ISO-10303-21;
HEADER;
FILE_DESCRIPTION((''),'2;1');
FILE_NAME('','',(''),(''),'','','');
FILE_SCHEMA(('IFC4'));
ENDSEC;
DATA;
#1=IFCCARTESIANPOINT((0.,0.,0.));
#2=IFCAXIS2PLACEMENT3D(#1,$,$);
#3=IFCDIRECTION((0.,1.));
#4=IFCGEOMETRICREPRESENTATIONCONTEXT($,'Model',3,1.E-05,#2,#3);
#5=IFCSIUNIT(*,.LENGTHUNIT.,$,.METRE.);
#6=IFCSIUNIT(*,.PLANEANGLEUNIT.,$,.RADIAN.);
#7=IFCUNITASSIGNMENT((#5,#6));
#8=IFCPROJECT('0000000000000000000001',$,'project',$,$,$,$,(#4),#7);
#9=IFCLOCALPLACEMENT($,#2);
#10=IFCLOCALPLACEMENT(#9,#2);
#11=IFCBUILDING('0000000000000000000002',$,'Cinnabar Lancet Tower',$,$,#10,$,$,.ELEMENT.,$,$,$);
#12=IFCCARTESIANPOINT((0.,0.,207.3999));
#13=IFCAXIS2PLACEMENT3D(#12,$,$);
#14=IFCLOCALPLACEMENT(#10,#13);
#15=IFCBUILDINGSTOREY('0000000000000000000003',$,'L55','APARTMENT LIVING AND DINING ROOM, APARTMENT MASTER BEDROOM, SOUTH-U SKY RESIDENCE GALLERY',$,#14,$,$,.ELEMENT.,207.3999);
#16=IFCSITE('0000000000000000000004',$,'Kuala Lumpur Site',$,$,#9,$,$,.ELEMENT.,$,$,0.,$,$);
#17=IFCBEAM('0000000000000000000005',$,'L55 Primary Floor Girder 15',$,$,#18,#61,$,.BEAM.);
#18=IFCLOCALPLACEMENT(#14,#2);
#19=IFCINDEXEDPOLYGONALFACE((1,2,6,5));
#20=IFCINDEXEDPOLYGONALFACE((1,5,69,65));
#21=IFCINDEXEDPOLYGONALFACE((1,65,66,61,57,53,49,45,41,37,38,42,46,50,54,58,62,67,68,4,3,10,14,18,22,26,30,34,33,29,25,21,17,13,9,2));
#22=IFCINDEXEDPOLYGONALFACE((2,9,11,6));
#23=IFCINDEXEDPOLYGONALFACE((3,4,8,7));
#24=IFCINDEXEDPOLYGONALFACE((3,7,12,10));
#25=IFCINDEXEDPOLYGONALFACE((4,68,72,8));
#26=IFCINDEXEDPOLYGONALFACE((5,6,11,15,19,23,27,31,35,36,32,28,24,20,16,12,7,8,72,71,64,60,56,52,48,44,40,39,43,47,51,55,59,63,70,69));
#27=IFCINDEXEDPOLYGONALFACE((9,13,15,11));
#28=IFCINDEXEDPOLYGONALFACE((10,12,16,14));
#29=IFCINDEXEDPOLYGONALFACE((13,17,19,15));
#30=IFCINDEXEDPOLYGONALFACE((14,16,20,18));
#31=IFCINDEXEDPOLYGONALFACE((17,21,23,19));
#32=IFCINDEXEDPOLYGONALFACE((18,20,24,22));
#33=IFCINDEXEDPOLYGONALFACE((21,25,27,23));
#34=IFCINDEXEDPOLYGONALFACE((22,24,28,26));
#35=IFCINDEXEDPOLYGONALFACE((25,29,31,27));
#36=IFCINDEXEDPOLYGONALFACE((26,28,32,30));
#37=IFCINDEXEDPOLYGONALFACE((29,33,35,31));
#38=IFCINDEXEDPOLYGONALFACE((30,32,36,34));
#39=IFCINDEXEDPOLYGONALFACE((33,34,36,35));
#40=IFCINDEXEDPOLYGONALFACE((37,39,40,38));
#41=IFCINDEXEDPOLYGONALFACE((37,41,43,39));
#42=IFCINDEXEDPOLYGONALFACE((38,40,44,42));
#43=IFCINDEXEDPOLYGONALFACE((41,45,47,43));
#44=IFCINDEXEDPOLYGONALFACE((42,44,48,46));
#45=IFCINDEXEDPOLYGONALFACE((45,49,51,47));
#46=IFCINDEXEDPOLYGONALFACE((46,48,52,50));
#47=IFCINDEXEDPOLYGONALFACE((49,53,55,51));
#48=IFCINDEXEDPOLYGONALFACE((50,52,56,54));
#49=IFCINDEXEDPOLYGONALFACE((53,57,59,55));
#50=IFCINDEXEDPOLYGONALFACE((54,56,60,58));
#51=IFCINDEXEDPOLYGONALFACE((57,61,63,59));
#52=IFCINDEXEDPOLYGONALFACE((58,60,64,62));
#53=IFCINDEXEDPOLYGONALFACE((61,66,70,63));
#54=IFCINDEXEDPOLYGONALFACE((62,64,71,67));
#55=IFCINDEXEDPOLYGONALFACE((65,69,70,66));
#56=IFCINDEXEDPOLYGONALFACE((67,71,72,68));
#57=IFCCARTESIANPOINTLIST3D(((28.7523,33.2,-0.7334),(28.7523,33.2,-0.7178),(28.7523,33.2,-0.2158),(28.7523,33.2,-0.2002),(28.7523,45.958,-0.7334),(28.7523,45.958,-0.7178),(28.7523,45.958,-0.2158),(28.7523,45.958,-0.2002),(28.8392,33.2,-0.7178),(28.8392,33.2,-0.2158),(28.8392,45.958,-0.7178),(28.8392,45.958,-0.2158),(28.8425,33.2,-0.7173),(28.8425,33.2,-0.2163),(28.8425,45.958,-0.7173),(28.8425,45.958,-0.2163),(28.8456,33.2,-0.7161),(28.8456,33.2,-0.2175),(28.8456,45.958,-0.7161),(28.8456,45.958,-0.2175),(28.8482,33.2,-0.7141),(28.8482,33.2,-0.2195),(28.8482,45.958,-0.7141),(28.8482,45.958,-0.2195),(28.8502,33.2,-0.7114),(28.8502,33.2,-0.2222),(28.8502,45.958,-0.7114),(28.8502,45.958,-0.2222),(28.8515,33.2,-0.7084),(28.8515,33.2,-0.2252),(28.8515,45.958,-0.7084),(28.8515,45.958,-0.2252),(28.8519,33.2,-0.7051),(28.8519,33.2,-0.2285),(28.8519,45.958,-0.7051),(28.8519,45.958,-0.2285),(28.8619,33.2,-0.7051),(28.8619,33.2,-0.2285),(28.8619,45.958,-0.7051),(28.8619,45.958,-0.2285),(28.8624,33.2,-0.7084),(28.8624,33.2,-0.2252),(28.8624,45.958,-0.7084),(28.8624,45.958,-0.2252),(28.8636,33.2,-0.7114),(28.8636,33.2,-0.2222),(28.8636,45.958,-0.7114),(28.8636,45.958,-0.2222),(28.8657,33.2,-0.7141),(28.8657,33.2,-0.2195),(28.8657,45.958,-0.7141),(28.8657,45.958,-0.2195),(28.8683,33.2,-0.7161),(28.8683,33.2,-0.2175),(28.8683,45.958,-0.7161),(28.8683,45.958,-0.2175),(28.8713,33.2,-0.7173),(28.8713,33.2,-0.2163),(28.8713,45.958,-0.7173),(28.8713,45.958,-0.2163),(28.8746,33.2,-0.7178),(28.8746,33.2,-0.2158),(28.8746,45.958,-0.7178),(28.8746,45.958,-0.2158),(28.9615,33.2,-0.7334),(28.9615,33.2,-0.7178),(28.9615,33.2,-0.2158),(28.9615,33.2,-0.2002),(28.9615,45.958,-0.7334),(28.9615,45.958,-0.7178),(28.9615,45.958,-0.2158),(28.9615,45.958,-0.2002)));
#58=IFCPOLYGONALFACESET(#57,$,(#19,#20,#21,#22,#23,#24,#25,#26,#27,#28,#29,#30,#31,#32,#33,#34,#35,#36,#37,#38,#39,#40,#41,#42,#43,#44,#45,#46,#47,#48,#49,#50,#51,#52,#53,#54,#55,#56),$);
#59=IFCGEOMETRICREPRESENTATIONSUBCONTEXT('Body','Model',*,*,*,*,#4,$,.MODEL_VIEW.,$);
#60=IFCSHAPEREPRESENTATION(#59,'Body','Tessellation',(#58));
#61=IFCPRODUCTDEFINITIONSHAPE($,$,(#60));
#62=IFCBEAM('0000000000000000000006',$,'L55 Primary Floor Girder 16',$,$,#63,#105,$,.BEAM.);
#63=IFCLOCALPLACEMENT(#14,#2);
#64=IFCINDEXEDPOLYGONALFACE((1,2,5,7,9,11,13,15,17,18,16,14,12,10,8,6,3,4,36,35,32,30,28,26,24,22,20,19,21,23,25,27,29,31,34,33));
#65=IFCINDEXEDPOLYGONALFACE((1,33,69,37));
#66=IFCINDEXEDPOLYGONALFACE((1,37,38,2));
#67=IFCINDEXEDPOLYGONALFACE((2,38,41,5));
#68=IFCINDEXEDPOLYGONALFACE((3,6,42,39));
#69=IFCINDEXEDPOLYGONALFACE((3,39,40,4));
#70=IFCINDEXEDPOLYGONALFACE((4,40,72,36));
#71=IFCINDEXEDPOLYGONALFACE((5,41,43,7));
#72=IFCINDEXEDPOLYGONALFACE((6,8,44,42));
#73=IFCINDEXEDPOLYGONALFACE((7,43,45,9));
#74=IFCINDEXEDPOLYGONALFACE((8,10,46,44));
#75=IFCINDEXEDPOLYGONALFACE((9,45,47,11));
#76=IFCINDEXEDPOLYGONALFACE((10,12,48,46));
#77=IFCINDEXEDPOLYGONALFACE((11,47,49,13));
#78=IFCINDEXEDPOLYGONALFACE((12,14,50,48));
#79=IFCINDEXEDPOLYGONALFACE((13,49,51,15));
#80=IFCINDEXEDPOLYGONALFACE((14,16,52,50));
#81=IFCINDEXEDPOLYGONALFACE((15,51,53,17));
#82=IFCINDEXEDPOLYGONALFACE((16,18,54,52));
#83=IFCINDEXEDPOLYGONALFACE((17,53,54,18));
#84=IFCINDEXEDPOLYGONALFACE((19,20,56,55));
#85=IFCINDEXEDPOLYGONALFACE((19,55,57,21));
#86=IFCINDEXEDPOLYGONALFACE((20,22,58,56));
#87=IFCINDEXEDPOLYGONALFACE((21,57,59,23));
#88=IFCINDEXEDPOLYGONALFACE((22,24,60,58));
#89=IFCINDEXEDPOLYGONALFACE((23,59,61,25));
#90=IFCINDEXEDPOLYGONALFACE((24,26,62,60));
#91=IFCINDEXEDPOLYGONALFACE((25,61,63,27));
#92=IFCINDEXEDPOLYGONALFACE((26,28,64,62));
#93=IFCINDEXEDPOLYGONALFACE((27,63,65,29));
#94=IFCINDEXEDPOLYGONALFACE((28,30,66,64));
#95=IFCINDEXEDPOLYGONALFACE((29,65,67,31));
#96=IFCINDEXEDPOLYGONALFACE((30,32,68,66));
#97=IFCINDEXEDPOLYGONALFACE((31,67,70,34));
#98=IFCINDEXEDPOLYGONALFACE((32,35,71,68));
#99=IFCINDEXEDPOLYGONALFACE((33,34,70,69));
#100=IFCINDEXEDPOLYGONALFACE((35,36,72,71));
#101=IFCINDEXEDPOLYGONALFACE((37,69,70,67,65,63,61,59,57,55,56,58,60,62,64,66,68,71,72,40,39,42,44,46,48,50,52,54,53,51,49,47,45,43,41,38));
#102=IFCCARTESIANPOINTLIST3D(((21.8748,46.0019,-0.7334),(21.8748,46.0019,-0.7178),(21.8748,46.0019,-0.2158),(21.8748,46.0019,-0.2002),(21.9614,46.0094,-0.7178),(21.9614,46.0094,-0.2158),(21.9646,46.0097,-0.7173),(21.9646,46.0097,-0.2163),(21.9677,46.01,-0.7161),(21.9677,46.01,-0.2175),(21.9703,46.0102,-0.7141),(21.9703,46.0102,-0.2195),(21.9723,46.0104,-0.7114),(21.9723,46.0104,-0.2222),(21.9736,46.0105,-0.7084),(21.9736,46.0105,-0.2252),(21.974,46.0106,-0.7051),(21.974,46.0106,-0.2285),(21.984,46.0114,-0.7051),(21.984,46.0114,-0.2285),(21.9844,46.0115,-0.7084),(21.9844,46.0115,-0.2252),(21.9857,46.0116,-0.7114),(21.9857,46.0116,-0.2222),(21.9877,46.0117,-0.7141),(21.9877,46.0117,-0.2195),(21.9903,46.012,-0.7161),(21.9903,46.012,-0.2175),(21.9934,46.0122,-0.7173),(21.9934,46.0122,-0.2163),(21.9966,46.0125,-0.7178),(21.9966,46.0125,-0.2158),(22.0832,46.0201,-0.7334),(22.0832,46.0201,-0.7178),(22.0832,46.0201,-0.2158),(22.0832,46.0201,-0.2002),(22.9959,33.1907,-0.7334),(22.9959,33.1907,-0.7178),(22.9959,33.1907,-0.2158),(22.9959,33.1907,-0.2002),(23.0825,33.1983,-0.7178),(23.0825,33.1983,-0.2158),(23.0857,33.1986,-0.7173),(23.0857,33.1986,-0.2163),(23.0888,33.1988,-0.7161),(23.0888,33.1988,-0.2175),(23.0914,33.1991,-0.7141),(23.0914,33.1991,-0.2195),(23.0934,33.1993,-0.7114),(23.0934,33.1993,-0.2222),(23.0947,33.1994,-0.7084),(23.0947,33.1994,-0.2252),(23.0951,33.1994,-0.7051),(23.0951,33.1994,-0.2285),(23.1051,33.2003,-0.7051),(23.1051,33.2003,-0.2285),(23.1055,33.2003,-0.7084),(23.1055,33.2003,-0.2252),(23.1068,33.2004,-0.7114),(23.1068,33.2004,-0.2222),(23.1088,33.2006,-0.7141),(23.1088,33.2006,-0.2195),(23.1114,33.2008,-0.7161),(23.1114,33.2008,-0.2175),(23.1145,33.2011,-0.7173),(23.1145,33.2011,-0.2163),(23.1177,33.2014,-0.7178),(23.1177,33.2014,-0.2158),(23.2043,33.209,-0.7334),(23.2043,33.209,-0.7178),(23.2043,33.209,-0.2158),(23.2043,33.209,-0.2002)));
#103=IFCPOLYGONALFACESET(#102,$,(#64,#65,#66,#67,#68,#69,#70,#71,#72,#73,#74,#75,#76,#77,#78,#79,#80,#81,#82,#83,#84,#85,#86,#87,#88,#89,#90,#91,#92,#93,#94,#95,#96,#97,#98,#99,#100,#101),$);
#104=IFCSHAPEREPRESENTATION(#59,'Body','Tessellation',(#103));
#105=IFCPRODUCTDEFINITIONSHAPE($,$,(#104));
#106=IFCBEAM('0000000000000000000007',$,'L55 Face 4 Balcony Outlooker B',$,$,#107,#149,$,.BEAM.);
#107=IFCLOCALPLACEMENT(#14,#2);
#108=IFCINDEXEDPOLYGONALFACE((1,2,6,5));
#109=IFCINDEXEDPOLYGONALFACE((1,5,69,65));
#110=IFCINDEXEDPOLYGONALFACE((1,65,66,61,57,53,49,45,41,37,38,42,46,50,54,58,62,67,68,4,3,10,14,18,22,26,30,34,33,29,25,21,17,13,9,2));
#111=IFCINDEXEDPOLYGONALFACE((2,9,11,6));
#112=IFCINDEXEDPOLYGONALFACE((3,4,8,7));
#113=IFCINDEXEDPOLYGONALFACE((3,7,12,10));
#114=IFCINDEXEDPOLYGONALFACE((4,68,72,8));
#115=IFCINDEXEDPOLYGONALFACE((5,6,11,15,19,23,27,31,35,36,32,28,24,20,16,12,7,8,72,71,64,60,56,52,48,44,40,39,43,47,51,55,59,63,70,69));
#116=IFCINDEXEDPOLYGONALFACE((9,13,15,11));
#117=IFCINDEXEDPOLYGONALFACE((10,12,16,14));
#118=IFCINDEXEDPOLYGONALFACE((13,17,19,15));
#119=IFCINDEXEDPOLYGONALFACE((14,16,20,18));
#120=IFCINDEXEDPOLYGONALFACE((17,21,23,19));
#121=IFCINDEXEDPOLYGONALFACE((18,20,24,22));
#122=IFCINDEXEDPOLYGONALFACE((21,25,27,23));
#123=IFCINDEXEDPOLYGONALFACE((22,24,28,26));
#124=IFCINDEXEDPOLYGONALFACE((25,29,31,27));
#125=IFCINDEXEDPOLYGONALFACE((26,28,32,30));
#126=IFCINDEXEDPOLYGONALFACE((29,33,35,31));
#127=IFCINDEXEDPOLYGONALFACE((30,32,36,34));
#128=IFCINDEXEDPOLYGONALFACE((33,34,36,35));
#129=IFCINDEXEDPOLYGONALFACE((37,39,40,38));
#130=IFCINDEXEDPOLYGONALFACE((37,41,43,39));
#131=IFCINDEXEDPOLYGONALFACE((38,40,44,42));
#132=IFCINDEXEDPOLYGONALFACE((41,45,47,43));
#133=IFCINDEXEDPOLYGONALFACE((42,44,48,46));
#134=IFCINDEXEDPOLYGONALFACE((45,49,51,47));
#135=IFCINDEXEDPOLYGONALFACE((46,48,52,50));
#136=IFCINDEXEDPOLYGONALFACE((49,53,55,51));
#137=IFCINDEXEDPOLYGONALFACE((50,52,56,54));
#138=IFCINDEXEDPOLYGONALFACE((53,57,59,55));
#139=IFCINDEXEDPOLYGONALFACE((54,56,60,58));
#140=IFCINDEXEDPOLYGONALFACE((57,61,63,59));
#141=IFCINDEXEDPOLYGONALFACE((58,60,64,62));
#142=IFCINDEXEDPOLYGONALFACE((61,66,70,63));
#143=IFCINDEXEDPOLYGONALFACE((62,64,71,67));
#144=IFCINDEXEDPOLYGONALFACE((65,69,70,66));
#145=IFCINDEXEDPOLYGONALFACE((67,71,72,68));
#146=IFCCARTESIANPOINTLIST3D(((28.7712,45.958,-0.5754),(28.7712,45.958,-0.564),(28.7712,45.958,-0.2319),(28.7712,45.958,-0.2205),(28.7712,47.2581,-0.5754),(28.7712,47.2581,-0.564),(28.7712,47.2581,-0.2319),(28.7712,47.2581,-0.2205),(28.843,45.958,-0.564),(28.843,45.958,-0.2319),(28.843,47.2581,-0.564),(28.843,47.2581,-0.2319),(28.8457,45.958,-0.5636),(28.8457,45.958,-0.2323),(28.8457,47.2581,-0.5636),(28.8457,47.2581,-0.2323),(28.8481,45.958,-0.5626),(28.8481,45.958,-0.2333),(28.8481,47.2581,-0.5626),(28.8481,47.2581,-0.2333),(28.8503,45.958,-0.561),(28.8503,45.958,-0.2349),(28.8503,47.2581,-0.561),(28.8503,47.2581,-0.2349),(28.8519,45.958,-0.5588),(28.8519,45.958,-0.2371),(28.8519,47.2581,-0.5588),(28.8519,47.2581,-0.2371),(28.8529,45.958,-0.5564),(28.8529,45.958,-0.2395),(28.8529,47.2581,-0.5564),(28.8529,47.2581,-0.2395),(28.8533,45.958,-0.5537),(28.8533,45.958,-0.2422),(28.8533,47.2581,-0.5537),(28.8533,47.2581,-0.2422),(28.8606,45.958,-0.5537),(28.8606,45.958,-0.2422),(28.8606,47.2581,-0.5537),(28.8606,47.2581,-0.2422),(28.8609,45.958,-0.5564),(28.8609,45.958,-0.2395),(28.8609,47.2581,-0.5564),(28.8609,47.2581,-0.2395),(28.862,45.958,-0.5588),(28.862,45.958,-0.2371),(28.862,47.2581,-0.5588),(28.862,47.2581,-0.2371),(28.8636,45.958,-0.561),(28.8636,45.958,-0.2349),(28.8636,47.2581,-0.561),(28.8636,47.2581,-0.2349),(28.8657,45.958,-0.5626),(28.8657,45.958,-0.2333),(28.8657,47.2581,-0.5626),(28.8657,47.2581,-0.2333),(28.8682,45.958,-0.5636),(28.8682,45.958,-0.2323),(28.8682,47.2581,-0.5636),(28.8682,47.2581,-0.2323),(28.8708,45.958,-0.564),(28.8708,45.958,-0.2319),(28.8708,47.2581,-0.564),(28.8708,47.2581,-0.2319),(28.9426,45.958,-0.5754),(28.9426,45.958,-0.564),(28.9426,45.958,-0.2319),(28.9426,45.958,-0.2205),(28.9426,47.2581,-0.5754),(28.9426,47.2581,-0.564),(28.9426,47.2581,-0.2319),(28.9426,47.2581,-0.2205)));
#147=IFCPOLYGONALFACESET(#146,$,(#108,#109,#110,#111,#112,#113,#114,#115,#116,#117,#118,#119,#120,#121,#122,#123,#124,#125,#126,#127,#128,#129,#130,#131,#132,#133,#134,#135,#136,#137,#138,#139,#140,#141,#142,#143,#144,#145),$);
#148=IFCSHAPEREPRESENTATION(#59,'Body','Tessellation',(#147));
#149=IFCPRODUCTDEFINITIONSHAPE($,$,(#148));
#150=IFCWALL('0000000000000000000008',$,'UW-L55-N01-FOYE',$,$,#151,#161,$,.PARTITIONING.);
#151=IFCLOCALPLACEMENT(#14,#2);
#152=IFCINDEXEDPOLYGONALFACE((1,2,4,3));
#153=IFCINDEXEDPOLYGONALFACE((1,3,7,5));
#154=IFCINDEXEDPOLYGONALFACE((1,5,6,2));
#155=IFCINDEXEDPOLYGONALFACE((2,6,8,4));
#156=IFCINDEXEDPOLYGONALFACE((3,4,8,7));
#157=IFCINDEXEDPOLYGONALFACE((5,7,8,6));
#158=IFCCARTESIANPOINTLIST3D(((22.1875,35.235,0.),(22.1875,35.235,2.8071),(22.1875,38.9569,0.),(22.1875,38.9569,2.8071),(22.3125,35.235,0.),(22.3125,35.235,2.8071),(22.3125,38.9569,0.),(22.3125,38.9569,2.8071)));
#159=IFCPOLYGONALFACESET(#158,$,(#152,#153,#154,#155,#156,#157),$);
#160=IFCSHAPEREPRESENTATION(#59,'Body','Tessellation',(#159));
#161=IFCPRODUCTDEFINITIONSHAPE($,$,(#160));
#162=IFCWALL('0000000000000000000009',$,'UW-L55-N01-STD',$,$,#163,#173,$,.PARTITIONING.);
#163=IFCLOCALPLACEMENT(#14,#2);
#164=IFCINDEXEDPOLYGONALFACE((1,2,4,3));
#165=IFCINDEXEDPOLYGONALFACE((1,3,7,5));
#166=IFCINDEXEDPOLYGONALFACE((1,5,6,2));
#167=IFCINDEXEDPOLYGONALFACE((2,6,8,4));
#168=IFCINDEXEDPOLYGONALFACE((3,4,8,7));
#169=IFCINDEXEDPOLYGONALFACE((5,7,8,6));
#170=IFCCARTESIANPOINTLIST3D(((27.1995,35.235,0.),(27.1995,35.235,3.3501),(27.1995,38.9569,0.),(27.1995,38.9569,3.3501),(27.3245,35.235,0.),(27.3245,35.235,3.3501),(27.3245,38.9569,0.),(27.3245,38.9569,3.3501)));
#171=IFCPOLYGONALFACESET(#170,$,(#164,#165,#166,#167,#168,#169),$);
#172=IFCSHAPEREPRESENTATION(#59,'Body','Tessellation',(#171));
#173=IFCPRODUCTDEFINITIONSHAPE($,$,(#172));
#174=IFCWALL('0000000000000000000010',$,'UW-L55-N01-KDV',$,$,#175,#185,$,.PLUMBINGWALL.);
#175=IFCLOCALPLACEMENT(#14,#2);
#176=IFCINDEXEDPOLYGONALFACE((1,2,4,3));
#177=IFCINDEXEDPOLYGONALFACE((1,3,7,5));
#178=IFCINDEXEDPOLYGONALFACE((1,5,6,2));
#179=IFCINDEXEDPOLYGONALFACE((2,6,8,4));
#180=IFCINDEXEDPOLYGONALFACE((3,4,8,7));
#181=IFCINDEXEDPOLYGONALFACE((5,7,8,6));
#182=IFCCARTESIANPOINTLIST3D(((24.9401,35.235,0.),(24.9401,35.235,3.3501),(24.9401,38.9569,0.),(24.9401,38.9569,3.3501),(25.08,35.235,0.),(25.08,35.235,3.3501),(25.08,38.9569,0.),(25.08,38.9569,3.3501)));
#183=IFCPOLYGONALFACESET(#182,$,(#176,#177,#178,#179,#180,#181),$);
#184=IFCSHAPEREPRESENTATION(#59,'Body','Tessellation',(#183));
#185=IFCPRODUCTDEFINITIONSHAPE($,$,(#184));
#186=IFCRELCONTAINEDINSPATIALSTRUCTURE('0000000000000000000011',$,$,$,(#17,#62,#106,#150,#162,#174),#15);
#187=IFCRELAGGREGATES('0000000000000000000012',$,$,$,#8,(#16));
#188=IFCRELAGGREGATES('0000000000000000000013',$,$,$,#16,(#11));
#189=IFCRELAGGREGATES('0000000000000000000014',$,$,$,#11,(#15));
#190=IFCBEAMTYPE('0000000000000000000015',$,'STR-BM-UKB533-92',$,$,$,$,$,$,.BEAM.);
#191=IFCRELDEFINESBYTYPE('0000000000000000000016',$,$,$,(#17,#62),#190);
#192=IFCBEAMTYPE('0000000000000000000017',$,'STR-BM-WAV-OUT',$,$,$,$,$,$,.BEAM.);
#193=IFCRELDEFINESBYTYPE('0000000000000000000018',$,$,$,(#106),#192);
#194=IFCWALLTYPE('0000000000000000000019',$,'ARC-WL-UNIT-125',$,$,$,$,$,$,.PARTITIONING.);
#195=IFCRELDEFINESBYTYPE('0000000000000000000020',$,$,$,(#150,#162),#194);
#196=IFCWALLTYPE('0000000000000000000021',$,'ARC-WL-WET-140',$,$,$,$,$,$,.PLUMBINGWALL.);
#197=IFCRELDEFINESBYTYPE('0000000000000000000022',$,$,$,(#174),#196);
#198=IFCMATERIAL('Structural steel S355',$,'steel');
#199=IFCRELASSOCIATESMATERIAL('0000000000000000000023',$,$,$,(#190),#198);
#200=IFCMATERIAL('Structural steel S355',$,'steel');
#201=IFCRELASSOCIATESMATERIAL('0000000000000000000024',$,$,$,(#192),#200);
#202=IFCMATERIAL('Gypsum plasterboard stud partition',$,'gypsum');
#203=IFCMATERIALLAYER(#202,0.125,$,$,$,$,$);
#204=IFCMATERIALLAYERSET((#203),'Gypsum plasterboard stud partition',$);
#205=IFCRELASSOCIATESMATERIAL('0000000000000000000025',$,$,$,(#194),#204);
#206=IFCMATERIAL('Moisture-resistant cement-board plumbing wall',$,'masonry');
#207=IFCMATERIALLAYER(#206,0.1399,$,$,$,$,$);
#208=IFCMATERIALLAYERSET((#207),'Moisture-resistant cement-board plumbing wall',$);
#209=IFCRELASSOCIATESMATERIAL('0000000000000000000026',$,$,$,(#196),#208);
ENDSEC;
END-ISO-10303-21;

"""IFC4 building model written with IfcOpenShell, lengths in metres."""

from ifc_helpers import new_model, si_unit, direction, frame, frame_2d, origin, origin_2d, place, context, subcontext, project, spatial, rectangle, i_section, extrude, material, layer, layer_set, material_profile, profile_set, type_object, element, save


model = new_model("IFC4")

# Units and contexts
model_context = context("Model", 3, precision=1e-05, world=origin(), true_north=direction((0.0, 1.0)))
body_context = subcontext(model_context, "Body", "Model", "MODEL_VIEW")
ifc_project = project(units=[si_unit("LENGTHUNIT", "METRE"), si_unit("PLANEANGLEUNIT", "RADIAN")], contexts=[model_context])

# Site, building, storey
site_placement = place(None, origin())
site = spatial("IfcSite", under=ifc_project, at=site_placement, Name="Kuala Lumpur Site", CompositionType="ELEMENT", RefElevation=0.0)
building_placement = place(site_placement, origin())
building = spatial("IfcBuilding", under=site, at=building_placement, Name="Cinnabar Lancet Tower", CompositionType="ELEMENT")
storey_placement = place(building_placement, frame((0.0, 0.0, 207.3999)))
storey = spatial("IfcBuildingStorey", under=building, at=storey_placement, Name="L55", Description="APARTMENT LIVING AND DINING ROOM, APARTMENT MASTER BEDROOM, SOUTH-U SKY RESIDENCE GALLERY", CompositionType="ELEMENT", Elevation=207.3999)

# Beams
ifc_material_1 = material(Name="Structural steel S355", Category="steel")
ifc_material_profile_1 = material_profile(ifc_material_1, i_section(OverallWidth=0.2092, OverallDepth=0.5332, WebThickness=0.01, FlangeThickness=0.0156, FilletRadius=0.0127, at=origin_2d()), Name="UKB 533x210x92")
ifc_profile_set_1 = profile_set([ifc_material_profile_1], Name="Structural steel S355")
beam_type_1 = type_object("IfcBeamType", Name="STR-BM-UKB533-92", PredefinedType="BEAM", material=ifc_profile_set_1)
beam_1_placement = place(storey_placement, frame((28.8569, 45.958, -0.4668), z_axis=(0.0, -1.0, 0.0), x_axis=(1.0, 0.0, 0.0)))
element("IfcBeam", 1, at=beam_1_placement, inside=storey, type_object=beam_type_1, Name="L55 Primary Floor Girder 15", PredefinedType="BEAM", context=body_context, shape_type="SweptSolid", body=[
    extrude(i_section(OverallWidth=0.2092, OverallDepth=0.5332, WebThickness=0.01, FlangeThickness=0.0156, FilletRadius=0.0127, at=origin_2d()), origin(), (0.0, 0.0, 1.0), 12.7581),
])
beam_2_placement = place(storey_placement, frame((21.979, 46.011, -0.4668), z_axis=(0.087177, -0.996193, 0.0), x_axis=(0.996193, 0.087177, 0.0)))
element("IfcBeam", 2, at=beam_2_placement, inside=storey, type_object=beam_type_1, Name="L55 Primary Floor Girder 16", PredefinedType="BEAM", context=body_context, shape_type="SweptSolid", body=[
    extrude(i_section(OverallWidth=0.2092, OverallDepth=0.5332, WebThickness=0.01, FlangeThickness=0.0156, FilletRadius=0.0127, at=origin_2d()), origin(), (0.0, 0.0, 1.0), 12.8601),
])
ifc_material_2 = material(Name="Structural steel S355", Category="steel")
ifc_material_profile_2 = material_profile(ifc_material_2, i_section(OverallWidth=0.1714, OverallDepth=0.355, WebThickness=0.0073, FlangeThickness=0.0115, FilletRadius=0.0103, at=origin_2d()), Name="UKB 356x171x51")
ifc_profile_set_2 = profile_set([ifc_material_profile_2], Name="Structural steel S355")
beam_type_2 = type_object("IfcBeamType", Name="STR-BM-WAV-OUT", PredefinedType="BEAM", material=ifc_profile_set_2)
beam_3_placement = place(storey_placement, frame((28.8569, 45.958, -0.3979), z_axis=(0.0, 1.0, 0.0), x_axis=(-1.0, 0.0, 0.0)))
element("IfcBeam", 3, at=beam_3_placement, inside=storey, type_object=beam_type_2, Name="L55 Face 4 Balcony Outlooker B", PredefinedType="BEAM", context=body_context, shape_type="SweptSolid", body=[
    extrude(i_section(OverallWidth=0.1714, OverallDepth=0.355, WebThickness=0.0073, FlangeThickness=0.0115, FilletRadius=0.0103, at=origin_2d()), origin(), (0.0, 0.0, 1.0), 1.3),
])

# Walls
ifc_material_3 = material(Name="Gypsum plasterboard stud partition", Category="gypsum")
ifc_layer_1 = layer(ifc_material_3, 0.125)
ifc_layer_set_1 = layer_set([ifc_layer_1], Name="Gypsum plasterboard stud partition")
wall_type_1 = type_object("IfcWallType", Name="ARC-WL-UNIT-125", PredefinedType="PARTITIONING", material=ifc_layer_set_1)
wall_1_placement = place(storey_placement, frame((22.25, 35.2351, 0.0), z_axis=(0.0, 0.0, 1.0), x_axis=(0.0, 1.0, 0.0)))
element("IfcWall", 4, at=wall_1_placement, inside=storey, type_object=wall_type_1, Name="UW-L55-N01-FOYE", PredefinedType="PARTITIONING", context=body_context, shape_type="SweptSolid", body=[
    extrude(rectangle(XDim=3.7219, YDim=0.125, at=frame_2d((1.8608, 0.0))), origin(), (0.0, 0.0, 1.0), 2.8071),
])
wall_2_placement = place(storey_placement, frame((27.262, 35.2351, 0.0), z_axis=(0.0, 0.0, 1.0), x_axis=(0.0, 1.0, 0.0)))
element("IfcWall", 5, at=wall_2_placement, inside=storey, type_object=wall_type_1, Name="UW-L55-N01-STD", PredefinedType="PARTITIONING", context=body_context, shape_type="SweptSolid", body=[
    extrude(rectangle(XDim=3.7219, YDim=0.125, at=frame_2d((1.8608, 0.0))), origin(), (0.0, 0.0, 1.0), 3.3501),
])

# Shared definitions
ifc_material_4 = material(Name="Moisture-resistant cement-board plumbing wall", Category="masonry")
ifc_layer_2 = layer(ifc_material_4, 0.1399)
ifc_layer_set_2 = layer_set([ifc_layer_2], Name="Moisture-resistant cement-board plumbing wall")
wall_type_2 = type_object("IfcWallType", Name="ARC-WL-WET-140", PredefinedType="PLUMBINGWALL", material=ifc_layer_set_2)

# Wall
wall_3_placement = place(storey_placement, frame((25.01, 35.2351, 0.0), z_axis=(0.0, 0.0, 1.0), x_axis=(0.0, 1.0, 0.0)))
element("IfcWall", 6, at=wall_3_placement, inside=storey, type_object=wall_type_2, Name="UW-L55-N01-KDV", PredefinedType="PLUMBINGWALL", context=body_context, shape_type="SweptSolid", body=[
    extrude(rectangle(XDim=3.7219, YDim=0.1399, at=frame_2d((1.8608, 0.0))), origin(), (0.0, 0.0, 1.0), 3.3501),
])

save(model, "model.ifc")
